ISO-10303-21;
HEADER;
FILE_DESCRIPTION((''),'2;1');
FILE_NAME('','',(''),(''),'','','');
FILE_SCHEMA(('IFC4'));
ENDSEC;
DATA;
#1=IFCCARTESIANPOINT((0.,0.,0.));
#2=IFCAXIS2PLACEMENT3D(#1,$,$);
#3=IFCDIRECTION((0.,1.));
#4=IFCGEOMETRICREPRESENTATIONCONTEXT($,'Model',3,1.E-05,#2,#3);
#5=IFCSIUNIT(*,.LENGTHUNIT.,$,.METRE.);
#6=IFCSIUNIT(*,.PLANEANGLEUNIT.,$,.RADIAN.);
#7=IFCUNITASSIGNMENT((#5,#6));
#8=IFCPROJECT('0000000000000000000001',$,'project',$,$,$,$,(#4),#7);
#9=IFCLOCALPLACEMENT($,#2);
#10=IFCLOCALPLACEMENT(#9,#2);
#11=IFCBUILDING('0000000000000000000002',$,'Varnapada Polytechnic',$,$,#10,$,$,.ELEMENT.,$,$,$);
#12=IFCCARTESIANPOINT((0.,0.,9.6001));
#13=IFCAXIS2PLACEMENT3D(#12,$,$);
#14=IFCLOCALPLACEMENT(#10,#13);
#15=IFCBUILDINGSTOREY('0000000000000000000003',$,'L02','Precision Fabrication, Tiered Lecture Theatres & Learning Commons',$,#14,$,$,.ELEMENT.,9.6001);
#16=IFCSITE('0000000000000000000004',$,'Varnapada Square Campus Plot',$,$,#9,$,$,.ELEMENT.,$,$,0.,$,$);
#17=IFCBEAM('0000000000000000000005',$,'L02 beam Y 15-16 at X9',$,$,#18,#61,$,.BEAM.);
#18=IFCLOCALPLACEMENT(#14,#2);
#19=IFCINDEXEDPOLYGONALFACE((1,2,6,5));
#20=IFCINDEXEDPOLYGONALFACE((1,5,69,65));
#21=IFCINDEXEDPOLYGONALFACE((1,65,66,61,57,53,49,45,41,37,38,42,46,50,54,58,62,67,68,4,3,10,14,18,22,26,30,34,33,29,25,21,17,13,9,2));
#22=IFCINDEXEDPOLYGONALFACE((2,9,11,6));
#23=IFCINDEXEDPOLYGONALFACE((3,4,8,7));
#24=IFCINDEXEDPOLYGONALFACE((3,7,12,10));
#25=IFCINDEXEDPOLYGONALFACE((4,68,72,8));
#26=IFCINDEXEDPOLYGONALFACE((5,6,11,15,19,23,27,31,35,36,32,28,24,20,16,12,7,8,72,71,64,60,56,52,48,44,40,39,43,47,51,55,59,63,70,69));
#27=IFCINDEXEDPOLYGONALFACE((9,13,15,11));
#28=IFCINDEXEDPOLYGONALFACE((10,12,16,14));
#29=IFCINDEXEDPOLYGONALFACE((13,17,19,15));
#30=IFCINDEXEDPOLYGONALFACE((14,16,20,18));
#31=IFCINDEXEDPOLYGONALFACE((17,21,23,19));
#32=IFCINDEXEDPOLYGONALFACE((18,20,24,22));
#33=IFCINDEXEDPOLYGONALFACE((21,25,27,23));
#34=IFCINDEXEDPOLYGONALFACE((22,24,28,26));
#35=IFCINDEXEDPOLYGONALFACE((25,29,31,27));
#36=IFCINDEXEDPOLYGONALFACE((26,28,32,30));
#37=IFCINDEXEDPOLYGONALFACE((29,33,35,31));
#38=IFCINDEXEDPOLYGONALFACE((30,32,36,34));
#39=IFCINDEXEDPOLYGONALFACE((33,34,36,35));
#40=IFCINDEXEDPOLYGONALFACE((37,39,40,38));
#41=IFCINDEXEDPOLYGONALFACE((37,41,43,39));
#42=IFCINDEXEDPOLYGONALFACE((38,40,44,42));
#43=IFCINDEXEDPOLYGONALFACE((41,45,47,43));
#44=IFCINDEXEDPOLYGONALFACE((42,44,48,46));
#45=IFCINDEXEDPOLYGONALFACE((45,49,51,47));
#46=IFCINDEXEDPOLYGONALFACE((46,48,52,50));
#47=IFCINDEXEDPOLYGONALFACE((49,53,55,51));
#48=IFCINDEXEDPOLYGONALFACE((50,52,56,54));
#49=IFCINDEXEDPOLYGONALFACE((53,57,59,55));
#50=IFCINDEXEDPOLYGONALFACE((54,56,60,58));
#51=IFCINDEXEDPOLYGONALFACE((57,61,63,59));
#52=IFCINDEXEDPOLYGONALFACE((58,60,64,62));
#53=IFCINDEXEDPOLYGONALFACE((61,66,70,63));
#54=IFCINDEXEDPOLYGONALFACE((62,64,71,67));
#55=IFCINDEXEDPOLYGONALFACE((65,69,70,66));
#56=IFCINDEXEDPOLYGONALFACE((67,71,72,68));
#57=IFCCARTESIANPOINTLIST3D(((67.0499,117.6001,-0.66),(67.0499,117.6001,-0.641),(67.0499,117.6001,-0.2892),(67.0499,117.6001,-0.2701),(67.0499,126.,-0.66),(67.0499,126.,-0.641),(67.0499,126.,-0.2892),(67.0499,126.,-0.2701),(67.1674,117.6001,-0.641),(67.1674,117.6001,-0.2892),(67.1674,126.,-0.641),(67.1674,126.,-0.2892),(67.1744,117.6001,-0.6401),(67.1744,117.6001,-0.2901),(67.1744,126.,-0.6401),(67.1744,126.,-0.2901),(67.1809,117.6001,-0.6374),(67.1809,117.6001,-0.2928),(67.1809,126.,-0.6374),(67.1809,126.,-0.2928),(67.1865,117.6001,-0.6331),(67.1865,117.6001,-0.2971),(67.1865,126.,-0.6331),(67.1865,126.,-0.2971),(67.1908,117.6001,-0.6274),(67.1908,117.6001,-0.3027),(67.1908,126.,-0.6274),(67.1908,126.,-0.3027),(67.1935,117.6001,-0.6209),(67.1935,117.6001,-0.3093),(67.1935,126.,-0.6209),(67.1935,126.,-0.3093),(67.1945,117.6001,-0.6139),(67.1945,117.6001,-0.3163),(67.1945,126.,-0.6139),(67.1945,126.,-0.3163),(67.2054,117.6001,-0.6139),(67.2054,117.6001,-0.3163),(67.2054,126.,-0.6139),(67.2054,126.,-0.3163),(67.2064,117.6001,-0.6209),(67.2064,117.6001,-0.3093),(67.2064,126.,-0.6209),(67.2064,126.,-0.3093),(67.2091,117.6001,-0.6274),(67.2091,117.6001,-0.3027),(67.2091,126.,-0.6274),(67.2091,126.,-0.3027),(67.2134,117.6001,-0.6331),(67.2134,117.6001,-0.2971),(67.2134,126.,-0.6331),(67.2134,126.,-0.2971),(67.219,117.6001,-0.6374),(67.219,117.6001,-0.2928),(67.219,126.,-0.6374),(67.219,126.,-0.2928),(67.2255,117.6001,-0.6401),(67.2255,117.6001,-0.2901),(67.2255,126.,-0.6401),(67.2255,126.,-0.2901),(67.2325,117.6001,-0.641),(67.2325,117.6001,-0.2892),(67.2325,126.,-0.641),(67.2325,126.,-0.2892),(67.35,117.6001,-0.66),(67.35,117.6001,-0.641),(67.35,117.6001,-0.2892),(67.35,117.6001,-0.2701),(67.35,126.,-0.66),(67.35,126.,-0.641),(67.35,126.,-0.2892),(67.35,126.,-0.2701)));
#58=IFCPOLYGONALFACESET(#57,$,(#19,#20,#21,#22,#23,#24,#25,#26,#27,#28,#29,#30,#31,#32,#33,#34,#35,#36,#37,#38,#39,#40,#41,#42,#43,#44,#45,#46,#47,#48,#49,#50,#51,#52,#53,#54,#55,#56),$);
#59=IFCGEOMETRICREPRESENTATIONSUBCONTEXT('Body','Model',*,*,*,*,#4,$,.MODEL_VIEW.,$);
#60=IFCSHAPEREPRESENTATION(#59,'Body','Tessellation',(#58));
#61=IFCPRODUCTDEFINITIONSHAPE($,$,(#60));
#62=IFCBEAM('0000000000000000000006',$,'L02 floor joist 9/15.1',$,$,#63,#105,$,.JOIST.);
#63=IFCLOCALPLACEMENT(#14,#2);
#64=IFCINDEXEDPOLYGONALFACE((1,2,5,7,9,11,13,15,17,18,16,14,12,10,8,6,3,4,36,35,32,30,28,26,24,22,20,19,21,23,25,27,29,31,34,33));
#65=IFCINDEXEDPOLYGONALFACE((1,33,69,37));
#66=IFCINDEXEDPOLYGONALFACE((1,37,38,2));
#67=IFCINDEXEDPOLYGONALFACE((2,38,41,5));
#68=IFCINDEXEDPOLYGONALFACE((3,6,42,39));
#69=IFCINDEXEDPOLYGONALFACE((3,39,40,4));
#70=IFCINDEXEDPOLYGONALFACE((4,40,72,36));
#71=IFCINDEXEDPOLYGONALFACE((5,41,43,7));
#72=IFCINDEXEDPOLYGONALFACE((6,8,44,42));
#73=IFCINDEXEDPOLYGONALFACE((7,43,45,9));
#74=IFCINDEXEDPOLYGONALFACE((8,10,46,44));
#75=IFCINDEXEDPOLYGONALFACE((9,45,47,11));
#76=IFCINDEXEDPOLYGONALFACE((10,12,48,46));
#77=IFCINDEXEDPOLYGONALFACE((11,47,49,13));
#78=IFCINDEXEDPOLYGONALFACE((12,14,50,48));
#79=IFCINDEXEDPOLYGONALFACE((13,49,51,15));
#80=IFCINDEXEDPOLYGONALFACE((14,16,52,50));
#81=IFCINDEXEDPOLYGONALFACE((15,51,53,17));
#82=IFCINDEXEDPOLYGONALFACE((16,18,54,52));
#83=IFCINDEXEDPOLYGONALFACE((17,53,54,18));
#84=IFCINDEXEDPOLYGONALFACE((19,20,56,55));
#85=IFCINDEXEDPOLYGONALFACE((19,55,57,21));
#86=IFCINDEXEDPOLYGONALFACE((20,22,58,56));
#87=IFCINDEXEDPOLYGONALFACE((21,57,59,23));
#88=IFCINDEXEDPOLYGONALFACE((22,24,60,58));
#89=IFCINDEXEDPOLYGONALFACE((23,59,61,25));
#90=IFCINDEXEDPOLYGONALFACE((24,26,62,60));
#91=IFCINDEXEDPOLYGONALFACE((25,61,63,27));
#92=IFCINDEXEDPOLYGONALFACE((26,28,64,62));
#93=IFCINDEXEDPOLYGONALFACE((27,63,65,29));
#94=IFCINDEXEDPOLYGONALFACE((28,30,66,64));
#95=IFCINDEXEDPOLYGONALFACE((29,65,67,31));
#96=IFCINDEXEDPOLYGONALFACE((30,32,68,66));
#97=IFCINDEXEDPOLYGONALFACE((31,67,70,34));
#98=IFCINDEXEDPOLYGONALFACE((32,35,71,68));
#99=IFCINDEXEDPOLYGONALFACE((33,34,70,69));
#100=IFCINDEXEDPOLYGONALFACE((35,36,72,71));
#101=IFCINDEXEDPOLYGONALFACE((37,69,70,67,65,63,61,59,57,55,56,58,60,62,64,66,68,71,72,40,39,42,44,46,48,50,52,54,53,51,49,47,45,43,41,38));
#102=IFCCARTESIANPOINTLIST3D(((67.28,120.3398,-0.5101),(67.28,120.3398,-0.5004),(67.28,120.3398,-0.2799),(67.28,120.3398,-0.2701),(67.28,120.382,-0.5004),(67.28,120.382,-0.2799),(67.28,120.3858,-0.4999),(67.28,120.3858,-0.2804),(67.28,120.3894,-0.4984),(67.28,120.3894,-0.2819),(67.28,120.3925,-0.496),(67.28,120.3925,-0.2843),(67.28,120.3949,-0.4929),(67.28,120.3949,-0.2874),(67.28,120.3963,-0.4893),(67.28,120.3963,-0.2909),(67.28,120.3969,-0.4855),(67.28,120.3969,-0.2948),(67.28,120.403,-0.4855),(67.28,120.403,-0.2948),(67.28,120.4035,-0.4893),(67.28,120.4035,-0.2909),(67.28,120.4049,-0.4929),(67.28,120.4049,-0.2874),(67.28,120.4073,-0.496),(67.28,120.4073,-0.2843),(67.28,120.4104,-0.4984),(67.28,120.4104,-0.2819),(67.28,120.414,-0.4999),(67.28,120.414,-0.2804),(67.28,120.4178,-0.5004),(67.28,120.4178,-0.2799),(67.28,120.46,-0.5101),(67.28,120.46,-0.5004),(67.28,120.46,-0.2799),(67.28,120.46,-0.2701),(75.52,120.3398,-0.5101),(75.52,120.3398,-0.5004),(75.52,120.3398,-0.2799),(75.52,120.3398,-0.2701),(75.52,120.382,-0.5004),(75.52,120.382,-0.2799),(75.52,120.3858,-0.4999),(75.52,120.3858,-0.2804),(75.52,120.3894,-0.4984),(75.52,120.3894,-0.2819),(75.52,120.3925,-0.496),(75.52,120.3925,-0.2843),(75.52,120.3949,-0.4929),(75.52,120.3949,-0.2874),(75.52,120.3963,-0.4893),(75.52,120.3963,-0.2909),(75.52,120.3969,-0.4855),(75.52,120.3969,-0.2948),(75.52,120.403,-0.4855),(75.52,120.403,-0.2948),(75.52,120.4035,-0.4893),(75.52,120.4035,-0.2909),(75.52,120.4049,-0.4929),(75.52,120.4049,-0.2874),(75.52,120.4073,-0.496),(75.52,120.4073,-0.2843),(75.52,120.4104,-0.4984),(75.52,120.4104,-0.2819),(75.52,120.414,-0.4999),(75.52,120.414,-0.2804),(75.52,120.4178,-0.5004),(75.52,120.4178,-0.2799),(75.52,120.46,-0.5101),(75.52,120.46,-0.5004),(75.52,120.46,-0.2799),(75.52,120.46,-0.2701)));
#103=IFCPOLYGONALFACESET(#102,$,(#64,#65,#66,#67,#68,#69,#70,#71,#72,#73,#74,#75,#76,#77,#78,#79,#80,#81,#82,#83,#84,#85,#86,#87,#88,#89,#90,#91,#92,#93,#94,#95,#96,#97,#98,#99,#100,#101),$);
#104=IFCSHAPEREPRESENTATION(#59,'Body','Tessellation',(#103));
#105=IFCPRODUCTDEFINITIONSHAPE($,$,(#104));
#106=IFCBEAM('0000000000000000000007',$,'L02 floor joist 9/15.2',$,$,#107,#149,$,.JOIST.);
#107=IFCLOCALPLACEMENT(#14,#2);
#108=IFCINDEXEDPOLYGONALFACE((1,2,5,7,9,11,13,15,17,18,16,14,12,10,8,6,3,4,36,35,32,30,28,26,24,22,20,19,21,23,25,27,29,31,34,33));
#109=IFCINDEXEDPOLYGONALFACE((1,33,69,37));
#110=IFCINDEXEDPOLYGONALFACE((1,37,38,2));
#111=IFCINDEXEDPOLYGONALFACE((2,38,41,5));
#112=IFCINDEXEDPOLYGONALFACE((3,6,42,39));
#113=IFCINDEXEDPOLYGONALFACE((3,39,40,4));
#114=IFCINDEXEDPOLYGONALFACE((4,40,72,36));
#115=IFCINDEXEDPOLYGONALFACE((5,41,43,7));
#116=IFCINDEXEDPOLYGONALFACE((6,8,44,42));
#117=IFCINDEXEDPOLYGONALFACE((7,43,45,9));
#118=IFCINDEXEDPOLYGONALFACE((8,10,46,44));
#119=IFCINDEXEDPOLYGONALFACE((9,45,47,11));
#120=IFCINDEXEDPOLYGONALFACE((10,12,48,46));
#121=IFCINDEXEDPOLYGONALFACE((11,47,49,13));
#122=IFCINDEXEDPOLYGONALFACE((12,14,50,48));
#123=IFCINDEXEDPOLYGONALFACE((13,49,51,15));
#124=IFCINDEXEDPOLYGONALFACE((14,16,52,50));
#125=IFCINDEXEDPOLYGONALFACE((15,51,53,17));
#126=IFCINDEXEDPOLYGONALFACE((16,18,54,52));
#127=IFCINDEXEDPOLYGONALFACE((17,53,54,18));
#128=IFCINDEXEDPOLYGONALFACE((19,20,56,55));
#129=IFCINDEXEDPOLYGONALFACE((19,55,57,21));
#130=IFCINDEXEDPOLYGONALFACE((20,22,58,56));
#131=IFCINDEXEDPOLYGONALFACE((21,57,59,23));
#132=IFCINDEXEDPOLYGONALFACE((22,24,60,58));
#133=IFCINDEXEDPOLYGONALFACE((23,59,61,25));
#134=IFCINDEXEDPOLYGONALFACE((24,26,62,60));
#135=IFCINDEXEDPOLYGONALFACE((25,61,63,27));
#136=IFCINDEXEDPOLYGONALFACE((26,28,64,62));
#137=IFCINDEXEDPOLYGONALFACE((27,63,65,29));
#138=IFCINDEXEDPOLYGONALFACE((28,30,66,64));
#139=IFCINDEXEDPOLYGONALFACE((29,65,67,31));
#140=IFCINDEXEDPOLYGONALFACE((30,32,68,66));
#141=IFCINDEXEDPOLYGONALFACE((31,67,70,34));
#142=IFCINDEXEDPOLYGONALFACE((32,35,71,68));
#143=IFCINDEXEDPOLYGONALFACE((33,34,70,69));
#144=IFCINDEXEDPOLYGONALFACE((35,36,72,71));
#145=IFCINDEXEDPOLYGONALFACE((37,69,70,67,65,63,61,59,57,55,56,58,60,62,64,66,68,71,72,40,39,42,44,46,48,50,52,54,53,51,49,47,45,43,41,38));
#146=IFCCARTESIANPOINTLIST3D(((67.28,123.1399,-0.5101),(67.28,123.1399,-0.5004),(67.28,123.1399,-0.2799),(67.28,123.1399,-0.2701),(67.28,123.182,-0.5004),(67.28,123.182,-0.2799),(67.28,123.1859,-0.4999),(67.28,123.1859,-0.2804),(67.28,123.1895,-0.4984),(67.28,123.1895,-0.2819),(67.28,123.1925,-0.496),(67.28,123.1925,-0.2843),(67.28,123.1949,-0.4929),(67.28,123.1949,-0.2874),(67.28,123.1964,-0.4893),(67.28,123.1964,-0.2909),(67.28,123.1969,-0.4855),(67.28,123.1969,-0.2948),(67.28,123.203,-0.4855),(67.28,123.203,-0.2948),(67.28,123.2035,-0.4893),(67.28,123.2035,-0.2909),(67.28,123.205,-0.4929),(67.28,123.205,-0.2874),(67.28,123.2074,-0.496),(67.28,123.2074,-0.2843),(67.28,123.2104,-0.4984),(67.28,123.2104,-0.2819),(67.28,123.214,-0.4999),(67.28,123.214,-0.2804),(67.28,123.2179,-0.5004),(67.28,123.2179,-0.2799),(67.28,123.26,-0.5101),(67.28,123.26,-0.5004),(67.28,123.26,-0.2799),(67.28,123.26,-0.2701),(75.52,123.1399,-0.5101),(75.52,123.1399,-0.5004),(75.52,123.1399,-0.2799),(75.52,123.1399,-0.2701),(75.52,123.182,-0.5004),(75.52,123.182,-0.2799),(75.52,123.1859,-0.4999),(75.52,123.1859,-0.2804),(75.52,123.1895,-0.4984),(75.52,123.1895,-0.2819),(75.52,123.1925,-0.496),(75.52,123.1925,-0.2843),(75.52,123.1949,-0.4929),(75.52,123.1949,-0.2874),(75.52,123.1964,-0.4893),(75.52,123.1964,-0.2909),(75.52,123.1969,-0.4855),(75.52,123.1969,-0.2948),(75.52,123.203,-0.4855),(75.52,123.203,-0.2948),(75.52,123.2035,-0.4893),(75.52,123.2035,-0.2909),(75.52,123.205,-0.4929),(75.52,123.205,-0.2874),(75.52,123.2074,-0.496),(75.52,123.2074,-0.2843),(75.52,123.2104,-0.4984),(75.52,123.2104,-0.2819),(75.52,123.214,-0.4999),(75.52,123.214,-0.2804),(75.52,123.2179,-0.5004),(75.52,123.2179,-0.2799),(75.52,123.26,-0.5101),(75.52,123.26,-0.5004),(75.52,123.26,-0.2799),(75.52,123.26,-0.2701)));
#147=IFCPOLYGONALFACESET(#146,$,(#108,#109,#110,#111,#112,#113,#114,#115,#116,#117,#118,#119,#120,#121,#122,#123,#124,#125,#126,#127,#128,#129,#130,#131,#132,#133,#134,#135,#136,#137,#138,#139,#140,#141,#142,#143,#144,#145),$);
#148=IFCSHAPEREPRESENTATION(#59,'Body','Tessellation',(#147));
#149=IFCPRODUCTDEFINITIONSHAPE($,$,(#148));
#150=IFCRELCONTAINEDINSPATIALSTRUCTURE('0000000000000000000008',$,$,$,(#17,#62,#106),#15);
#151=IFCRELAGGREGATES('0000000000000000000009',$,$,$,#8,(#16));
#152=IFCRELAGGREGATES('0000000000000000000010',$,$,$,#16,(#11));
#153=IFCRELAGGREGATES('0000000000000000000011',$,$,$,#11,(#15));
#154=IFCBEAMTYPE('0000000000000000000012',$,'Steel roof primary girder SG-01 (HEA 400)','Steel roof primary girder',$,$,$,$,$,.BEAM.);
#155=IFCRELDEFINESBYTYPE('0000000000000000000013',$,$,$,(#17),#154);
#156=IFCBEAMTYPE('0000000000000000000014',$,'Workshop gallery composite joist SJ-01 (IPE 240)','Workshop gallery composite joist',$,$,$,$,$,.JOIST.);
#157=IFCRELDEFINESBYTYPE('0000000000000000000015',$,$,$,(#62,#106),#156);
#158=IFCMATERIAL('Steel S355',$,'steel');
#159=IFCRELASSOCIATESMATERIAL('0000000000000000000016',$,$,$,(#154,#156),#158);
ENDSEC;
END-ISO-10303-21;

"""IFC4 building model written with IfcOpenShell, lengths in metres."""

from ifc_helpers import new_model, si_unit, direction, frame, origin, origin_2d, place, context, subcontext, project, spatial, i_section, extrude, material, material_profile, profile_set, type_object, element, save


model = new_model("IFC4")

# Units and contexts
model_context = context("Model", 3, precision=1e-05, world=origin(), true_north=direction((0.0, 1.0)))
body_context = subcontext(model_context, "Body", "Model", "MODEL_VIEW")
ifc_project = project(units=[si_unit("LENGTHUNIT", "METRE"), si_unit("PLANEANGLEUNIT", "RADIAN")], contexts=[model_context])

# Site, building, storey
site_placement = place(None, origin())
site = spatial("IfcSite", under=ifc_project, at=site_placement, Name="Varnapada Square Campus Plot", CompositionType="ELEMENT", RefElevation=0.0)
building_placement = place(site_placement, origin())
building = spatial("IfcBuilding", under=site, at=building_placement, Name="Varnapada Polytechnic", CompositionType="ELEMENT")
storey_placement = place(building_placement, frame((0.0, 0.0, 9.6001)))
storey = spatial("IfcBuildingStorey", under=building, at=storey_placement, Name="L02", Description="Precision Fabrication, Tiered Lecture Theatres & Learning Commons", CompositionType="ELEMENT", Elevation=9.6001)

# Beams
ifc_material_1 = material(Name="Steel S355", Category="steel")
ifc_material_profile_1 = material_profile(ifc_material_1, i_section(OverallWidth=0.3, OverallDepth=0.3899, WebThickness=0.011, FlangeThickness=0.019, FilletRadius=0.0271, at=origin_2d()), Name="HEA 400")
ifc_profile_set_1 = profile_set([ifc_material_profile_1], Name="Steel S355")
beam_type_1 = type_object("IfcBeamType", Name="Steel roof primary girder SG-01 (HEA 400)", Description="Steel roof primary girder", PredefinedType="BEAM", material=ifc_profile_set_1)
beam_1_placement = place(storey_placement, frame((67.2, 117.6001, -0.4651), z_axis=(0.0, 1.0, 0.0), x_axis=(-1.0, 0.0, 0.0)))
element("IfcBeam", 1, at=beam_1_placement, inside=storey, type_object=beam_type_1, Name="L02 beam Y 15-16 at X9", PredefinedType="BEAM", context=body_context, shape_type="SweptSolid", body=[
    extrude(i_section(OverallWidth=0.3, OverallDepth=0.3899, WebThickness=0.011, FlangeThickness=0.019, FilletRadius=0.0271, at=origin_2d()), origin(), (0.0, 0.0, 1.0), 8.3999),
])
ifc_material_profile_2 = material_profile(ifc_material_1, i_section(OverallWidth=0.1201, OverallDepth=0.24, WebThickness=0.0061, FlangeThickness=0.0098, FilletRadius=0.0149, at=origin_2d()), Name="IPE 240")
ifc_profile_set_2 = profile_set([ifc_material_profile_2], Name="Steel S355")
beam_type_2 = type_object("IfcBeamType", Name="Workshop gallery composite joist SJ-01 (IPE 240)", Description="Workshop gallery composite joist", PredefinedType="JOIST", material=ifc_profile_set_2)
for number, where, z_axis, x_axis, name in (
    (2, (67.28, 120.3999, -0.3901), (1.0, 0.0, 0.0), (0.0, 1.0, 0.0), "L02 floor joist 9/15.1"),
    (3, (67.28, 123.2, -0.3901), (1.0, 0.0, 0.0), (0.0, 1.0, 0.0), "L02 floor joist 9/15.2"),
):
    element("IfcBeam", number, at=place(storey_placement, frame(where, z_axis=z_axis, x_axis=x_axis)), inside=storey, type_object=beam_type_2, Name=name, PredefinedType="JOIST", context=body_context, shape_type="SweptSolid", body=[
        extrude(i_section(OverallWidth=0.1201, OverallDepth=0.24, WebThickness=0.0061, FlangeThickness=0.0098, FilletRadius=0.0149, at=origin_2d()), origin(), (0.0, 0.0, 1.0), 8.24),
    ])

save(model, "model.ifc")
